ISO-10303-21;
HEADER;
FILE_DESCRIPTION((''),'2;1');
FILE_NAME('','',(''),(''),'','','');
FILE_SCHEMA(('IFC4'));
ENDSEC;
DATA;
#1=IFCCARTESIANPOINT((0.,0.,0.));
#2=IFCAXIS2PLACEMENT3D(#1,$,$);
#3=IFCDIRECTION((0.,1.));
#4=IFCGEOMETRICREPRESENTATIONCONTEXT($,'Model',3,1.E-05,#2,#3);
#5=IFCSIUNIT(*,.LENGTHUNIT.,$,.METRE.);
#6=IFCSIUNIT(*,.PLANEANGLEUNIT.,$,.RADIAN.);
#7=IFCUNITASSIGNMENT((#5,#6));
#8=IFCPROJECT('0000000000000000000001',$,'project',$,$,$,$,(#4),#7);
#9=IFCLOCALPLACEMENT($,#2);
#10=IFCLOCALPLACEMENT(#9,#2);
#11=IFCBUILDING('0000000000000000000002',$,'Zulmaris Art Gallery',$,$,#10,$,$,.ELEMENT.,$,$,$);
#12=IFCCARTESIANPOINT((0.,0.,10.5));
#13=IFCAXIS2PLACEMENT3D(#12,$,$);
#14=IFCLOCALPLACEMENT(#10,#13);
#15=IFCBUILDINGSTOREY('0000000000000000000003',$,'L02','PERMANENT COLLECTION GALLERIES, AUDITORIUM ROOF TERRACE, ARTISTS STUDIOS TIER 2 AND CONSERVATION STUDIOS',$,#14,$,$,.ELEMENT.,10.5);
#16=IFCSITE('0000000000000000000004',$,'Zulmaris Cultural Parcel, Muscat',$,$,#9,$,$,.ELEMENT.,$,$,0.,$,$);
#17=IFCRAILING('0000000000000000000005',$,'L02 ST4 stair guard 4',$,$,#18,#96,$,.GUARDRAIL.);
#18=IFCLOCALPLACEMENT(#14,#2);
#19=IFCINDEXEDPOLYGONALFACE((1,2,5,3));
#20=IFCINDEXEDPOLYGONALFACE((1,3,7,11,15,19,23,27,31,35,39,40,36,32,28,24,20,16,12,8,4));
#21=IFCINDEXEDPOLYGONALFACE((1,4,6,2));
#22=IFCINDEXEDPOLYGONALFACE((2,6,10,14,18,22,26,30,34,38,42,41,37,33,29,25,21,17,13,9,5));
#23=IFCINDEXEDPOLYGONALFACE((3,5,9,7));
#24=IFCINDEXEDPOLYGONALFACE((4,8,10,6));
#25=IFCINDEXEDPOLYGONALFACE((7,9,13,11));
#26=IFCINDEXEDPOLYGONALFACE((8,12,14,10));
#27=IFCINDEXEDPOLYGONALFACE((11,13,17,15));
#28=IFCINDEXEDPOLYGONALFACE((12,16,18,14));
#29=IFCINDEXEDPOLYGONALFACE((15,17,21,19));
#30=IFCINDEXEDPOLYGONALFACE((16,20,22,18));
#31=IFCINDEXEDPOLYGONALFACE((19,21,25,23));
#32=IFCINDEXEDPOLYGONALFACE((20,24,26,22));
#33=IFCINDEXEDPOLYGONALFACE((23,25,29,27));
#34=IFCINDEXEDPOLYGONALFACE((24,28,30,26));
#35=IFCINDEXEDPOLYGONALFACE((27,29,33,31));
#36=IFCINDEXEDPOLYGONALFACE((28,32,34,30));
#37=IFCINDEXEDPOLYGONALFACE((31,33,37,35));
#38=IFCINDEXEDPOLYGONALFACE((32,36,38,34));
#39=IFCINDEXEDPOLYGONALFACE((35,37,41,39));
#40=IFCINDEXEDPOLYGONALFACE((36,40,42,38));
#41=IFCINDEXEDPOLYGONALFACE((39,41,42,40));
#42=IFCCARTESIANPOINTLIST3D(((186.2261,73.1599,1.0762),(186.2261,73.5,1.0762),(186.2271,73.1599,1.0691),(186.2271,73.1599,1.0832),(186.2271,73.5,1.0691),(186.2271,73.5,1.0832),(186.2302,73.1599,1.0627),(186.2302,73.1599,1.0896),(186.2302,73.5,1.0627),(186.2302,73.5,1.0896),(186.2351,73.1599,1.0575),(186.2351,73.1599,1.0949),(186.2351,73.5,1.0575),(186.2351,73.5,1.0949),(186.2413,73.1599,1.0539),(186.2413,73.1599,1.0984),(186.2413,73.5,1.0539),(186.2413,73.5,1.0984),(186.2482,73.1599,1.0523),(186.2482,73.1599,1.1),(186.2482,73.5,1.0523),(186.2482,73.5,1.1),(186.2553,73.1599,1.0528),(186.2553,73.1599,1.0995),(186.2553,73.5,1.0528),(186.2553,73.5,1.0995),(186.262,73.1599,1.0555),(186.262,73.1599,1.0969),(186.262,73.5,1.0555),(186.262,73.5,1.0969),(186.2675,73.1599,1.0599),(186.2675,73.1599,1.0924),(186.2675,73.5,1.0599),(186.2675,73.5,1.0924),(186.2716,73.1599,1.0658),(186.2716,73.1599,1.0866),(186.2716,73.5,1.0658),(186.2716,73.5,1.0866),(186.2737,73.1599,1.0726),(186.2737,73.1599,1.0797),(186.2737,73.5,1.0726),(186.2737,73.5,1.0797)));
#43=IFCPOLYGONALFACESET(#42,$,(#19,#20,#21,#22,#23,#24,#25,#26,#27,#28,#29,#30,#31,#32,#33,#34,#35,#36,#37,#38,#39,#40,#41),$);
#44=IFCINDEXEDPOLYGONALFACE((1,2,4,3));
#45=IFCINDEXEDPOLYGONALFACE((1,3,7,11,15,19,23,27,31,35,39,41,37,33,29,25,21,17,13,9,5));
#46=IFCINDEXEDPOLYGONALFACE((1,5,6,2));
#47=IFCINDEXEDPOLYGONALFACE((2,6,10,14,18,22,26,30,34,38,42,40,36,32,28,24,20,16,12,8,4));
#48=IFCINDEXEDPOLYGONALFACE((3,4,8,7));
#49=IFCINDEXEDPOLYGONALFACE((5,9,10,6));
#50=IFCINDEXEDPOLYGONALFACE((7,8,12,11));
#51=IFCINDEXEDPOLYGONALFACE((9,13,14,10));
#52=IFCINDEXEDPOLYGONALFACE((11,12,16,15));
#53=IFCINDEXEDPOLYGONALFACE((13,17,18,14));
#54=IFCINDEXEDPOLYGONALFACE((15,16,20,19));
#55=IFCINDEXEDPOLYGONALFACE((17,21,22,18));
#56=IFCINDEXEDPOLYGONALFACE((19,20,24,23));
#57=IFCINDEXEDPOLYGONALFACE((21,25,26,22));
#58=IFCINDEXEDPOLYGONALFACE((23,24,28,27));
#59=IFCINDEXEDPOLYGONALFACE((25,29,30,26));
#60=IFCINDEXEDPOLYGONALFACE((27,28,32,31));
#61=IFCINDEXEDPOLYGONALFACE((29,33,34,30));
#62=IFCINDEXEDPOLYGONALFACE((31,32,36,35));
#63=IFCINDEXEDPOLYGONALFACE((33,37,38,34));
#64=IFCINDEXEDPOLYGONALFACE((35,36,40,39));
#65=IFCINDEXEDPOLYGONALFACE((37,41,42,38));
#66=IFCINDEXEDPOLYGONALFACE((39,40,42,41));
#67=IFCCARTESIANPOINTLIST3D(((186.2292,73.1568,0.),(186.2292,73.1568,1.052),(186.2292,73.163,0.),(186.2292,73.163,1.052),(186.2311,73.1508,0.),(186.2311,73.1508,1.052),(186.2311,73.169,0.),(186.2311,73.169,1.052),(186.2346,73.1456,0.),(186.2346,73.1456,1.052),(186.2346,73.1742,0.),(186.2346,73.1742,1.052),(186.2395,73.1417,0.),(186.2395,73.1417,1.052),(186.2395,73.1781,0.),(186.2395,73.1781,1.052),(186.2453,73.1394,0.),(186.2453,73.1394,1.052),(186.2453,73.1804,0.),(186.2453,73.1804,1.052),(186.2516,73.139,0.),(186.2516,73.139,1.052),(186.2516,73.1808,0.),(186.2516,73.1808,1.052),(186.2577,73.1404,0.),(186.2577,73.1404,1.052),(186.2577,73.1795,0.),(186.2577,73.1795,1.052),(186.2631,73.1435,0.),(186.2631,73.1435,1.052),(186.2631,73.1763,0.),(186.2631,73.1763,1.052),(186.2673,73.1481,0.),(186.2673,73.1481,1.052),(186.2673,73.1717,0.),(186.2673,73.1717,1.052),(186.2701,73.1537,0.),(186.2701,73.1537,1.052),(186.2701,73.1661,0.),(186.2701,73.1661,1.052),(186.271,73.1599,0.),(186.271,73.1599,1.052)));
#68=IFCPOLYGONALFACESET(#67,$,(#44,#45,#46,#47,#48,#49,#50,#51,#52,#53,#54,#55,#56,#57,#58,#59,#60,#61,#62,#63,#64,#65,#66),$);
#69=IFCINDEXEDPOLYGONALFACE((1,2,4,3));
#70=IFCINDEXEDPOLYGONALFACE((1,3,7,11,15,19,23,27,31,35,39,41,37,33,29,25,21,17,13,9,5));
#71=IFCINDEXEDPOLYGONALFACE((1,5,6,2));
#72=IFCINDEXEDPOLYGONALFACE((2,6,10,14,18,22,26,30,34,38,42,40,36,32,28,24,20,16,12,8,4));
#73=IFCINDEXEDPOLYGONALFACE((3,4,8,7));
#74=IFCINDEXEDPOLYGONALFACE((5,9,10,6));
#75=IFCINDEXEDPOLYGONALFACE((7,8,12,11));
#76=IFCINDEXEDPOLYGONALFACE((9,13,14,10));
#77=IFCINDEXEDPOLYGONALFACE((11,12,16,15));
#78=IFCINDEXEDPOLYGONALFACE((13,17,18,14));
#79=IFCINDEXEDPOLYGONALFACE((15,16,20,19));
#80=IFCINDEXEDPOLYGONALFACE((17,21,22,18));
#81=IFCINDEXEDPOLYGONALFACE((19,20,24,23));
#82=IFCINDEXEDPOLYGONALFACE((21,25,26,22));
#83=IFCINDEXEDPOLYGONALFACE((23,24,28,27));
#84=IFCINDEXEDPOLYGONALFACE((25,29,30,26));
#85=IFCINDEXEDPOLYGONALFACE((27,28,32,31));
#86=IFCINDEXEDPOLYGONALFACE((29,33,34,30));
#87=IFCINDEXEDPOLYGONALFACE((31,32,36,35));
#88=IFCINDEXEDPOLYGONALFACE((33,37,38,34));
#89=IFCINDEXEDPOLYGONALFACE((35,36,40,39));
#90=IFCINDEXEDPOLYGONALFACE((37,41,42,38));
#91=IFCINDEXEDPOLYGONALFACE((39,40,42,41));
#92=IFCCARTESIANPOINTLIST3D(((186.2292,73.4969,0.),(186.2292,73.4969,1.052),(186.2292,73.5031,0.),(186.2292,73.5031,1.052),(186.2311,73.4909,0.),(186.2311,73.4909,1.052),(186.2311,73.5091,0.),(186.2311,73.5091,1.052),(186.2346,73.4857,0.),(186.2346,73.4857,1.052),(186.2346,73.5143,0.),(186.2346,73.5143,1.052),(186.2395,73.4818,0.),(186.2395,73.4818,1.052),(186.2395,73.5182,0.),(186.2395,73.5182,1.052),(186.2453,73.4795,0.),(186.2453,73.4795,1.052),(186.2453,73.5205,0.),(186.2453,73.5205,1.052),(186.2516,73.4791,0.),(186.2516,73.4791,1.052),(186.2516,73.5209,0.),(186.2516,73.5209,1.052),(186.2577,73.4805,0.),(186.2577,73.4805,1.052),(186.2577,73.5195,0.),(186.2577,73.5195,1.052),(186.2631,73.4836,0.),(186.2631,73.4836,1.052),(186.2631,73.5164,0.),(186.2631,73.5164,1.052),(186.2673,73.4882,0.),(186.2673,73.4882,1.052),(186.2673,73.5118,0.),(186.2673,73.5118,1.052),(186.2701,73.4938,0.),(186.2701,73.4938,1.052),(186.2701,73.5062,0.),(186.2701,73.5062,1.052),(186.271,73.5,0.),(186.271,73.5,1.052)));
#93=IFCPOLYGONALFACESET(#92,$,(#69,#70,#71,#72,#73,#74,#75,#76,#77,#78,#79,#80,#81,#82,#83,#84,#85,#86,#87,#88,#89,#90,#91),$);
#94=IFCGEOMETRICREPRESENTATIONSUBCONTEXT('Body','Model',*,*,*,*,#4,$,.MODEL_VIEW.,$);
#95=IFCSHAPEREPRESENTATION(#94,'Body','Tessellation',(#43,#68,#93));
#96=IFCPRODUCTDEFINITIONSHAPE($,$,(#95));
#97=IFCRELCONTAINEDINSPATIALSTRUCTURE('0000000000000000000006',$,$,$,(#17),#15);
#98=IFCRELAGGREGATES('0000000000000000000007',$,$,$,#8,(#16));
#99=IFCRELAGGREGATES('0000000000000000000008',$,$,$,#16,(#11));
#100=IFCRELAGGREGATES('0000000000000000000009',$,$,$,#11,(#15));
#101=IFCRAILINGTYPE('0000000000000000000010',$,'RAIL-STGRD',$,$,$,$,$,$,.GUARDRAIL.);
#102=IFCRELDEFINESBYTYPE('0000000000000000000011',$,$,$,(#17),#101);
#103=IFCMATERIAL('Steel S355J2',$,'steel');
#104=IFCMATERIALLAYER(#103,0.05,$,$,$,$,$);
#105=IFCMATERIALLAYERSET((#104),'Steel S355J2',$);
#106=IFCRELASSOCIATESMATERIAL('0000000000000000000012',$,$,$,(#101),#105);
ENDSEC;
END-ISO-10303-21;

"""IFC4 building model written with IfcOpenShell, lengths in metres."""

from ifc_helpers import new_model, si_unit, direction, frame, origin, origin_2d, place, context, subcontext, project, spatial, circle, extrude, material, layer, layer_set, type_object, element, save


model = new_model("IFC4")

# Units and contexts
model_context = context("Model", 3, precision=1e-05, world=origin(), true_north=direction((0.0, 1.0)))
body_context = subcontext(model_context, "Body", "Model", "MODEL_VIEW")
ifc_project = project(units=[si_unit("LENGTHUNIT", "METRE"), si_unit("PLANEANGLEUNIT", "RADIAN")], contexts=[model_context])

# Site, building, storey
site_placement = place(None, origin())
site = spatial("IfcSite", under=ifc_project, at=site_placement, Name="Zulmaris Cultural Parcel, Muscat", CompositionType="ELEMENT", RefElevation=0.0)
building_placement = place(site_placement, origin())
building = spatial("IfcBuilding", under=site, at=building_placement, Name="Zulmaris Art Gallery", CompositionType="ELEMENT")
storey_placement = place(building_placement, frame((0.0, 0.0, 10.5)))
storey = spatial("IfcBuildingStorey", under=building, at=storey_placement, Name="L02", Description="PERMANENT COLLECTION GALLERIES, AUDITORIUM ROOF TERRACE, ARTISTS STUDIOS TIER 2 AND CONSERVATION STUDIOS", CompositionType="ELEMENT", Elevation=10.5)

# Shared definitions
ifc_material_1 = material(Name="Steel S355J2", Category="steel")

# Railing
ifc_layer_1 = layer(ifc_material_1, 0.05)
ifc_layer_set_1 = layer_set([ifc_layer_1], Name="Steel S355J2")
railing_type_1 = type_object("IfcRailingType", Name="RAIL-STGRD", PredefinedType="GUARDRAIL", material=ifc_layer_set_1)
railing_1_placement = place(storey_placement, frame((186.25, 73.1599, 0.0)))
element("IfcRailing", 1, at=railing_1_placement, inside=storey, type_object=railing_type_1, Name="L02 ST4 stair guard 4", PredefinedType="GUARDRAIL", context=body_context, shape_type="SweptSolid", body=[
    extrude(circle(Radius=0.0239, at=origin_2d()), frame((0.0, 0.0, 1.0762), z_axis=(0.0, 1.0, 0.0), x_axis=(-1.0, 0.0, 0.0)), (0.0, 0.0, 1.0), 0.3401),
    extrude(circle(Radius=0.021, at=origin_2d()), origin(), (0.0, 0.0, 1.0), 1.052),
    extrude(circle(Radius=0.021, at=origin_2d()), frame((0.0, 0.3401, 0.0)), (0.0, 0.0, 1.0), 1.052),
])

save(model, "model.ifc")
